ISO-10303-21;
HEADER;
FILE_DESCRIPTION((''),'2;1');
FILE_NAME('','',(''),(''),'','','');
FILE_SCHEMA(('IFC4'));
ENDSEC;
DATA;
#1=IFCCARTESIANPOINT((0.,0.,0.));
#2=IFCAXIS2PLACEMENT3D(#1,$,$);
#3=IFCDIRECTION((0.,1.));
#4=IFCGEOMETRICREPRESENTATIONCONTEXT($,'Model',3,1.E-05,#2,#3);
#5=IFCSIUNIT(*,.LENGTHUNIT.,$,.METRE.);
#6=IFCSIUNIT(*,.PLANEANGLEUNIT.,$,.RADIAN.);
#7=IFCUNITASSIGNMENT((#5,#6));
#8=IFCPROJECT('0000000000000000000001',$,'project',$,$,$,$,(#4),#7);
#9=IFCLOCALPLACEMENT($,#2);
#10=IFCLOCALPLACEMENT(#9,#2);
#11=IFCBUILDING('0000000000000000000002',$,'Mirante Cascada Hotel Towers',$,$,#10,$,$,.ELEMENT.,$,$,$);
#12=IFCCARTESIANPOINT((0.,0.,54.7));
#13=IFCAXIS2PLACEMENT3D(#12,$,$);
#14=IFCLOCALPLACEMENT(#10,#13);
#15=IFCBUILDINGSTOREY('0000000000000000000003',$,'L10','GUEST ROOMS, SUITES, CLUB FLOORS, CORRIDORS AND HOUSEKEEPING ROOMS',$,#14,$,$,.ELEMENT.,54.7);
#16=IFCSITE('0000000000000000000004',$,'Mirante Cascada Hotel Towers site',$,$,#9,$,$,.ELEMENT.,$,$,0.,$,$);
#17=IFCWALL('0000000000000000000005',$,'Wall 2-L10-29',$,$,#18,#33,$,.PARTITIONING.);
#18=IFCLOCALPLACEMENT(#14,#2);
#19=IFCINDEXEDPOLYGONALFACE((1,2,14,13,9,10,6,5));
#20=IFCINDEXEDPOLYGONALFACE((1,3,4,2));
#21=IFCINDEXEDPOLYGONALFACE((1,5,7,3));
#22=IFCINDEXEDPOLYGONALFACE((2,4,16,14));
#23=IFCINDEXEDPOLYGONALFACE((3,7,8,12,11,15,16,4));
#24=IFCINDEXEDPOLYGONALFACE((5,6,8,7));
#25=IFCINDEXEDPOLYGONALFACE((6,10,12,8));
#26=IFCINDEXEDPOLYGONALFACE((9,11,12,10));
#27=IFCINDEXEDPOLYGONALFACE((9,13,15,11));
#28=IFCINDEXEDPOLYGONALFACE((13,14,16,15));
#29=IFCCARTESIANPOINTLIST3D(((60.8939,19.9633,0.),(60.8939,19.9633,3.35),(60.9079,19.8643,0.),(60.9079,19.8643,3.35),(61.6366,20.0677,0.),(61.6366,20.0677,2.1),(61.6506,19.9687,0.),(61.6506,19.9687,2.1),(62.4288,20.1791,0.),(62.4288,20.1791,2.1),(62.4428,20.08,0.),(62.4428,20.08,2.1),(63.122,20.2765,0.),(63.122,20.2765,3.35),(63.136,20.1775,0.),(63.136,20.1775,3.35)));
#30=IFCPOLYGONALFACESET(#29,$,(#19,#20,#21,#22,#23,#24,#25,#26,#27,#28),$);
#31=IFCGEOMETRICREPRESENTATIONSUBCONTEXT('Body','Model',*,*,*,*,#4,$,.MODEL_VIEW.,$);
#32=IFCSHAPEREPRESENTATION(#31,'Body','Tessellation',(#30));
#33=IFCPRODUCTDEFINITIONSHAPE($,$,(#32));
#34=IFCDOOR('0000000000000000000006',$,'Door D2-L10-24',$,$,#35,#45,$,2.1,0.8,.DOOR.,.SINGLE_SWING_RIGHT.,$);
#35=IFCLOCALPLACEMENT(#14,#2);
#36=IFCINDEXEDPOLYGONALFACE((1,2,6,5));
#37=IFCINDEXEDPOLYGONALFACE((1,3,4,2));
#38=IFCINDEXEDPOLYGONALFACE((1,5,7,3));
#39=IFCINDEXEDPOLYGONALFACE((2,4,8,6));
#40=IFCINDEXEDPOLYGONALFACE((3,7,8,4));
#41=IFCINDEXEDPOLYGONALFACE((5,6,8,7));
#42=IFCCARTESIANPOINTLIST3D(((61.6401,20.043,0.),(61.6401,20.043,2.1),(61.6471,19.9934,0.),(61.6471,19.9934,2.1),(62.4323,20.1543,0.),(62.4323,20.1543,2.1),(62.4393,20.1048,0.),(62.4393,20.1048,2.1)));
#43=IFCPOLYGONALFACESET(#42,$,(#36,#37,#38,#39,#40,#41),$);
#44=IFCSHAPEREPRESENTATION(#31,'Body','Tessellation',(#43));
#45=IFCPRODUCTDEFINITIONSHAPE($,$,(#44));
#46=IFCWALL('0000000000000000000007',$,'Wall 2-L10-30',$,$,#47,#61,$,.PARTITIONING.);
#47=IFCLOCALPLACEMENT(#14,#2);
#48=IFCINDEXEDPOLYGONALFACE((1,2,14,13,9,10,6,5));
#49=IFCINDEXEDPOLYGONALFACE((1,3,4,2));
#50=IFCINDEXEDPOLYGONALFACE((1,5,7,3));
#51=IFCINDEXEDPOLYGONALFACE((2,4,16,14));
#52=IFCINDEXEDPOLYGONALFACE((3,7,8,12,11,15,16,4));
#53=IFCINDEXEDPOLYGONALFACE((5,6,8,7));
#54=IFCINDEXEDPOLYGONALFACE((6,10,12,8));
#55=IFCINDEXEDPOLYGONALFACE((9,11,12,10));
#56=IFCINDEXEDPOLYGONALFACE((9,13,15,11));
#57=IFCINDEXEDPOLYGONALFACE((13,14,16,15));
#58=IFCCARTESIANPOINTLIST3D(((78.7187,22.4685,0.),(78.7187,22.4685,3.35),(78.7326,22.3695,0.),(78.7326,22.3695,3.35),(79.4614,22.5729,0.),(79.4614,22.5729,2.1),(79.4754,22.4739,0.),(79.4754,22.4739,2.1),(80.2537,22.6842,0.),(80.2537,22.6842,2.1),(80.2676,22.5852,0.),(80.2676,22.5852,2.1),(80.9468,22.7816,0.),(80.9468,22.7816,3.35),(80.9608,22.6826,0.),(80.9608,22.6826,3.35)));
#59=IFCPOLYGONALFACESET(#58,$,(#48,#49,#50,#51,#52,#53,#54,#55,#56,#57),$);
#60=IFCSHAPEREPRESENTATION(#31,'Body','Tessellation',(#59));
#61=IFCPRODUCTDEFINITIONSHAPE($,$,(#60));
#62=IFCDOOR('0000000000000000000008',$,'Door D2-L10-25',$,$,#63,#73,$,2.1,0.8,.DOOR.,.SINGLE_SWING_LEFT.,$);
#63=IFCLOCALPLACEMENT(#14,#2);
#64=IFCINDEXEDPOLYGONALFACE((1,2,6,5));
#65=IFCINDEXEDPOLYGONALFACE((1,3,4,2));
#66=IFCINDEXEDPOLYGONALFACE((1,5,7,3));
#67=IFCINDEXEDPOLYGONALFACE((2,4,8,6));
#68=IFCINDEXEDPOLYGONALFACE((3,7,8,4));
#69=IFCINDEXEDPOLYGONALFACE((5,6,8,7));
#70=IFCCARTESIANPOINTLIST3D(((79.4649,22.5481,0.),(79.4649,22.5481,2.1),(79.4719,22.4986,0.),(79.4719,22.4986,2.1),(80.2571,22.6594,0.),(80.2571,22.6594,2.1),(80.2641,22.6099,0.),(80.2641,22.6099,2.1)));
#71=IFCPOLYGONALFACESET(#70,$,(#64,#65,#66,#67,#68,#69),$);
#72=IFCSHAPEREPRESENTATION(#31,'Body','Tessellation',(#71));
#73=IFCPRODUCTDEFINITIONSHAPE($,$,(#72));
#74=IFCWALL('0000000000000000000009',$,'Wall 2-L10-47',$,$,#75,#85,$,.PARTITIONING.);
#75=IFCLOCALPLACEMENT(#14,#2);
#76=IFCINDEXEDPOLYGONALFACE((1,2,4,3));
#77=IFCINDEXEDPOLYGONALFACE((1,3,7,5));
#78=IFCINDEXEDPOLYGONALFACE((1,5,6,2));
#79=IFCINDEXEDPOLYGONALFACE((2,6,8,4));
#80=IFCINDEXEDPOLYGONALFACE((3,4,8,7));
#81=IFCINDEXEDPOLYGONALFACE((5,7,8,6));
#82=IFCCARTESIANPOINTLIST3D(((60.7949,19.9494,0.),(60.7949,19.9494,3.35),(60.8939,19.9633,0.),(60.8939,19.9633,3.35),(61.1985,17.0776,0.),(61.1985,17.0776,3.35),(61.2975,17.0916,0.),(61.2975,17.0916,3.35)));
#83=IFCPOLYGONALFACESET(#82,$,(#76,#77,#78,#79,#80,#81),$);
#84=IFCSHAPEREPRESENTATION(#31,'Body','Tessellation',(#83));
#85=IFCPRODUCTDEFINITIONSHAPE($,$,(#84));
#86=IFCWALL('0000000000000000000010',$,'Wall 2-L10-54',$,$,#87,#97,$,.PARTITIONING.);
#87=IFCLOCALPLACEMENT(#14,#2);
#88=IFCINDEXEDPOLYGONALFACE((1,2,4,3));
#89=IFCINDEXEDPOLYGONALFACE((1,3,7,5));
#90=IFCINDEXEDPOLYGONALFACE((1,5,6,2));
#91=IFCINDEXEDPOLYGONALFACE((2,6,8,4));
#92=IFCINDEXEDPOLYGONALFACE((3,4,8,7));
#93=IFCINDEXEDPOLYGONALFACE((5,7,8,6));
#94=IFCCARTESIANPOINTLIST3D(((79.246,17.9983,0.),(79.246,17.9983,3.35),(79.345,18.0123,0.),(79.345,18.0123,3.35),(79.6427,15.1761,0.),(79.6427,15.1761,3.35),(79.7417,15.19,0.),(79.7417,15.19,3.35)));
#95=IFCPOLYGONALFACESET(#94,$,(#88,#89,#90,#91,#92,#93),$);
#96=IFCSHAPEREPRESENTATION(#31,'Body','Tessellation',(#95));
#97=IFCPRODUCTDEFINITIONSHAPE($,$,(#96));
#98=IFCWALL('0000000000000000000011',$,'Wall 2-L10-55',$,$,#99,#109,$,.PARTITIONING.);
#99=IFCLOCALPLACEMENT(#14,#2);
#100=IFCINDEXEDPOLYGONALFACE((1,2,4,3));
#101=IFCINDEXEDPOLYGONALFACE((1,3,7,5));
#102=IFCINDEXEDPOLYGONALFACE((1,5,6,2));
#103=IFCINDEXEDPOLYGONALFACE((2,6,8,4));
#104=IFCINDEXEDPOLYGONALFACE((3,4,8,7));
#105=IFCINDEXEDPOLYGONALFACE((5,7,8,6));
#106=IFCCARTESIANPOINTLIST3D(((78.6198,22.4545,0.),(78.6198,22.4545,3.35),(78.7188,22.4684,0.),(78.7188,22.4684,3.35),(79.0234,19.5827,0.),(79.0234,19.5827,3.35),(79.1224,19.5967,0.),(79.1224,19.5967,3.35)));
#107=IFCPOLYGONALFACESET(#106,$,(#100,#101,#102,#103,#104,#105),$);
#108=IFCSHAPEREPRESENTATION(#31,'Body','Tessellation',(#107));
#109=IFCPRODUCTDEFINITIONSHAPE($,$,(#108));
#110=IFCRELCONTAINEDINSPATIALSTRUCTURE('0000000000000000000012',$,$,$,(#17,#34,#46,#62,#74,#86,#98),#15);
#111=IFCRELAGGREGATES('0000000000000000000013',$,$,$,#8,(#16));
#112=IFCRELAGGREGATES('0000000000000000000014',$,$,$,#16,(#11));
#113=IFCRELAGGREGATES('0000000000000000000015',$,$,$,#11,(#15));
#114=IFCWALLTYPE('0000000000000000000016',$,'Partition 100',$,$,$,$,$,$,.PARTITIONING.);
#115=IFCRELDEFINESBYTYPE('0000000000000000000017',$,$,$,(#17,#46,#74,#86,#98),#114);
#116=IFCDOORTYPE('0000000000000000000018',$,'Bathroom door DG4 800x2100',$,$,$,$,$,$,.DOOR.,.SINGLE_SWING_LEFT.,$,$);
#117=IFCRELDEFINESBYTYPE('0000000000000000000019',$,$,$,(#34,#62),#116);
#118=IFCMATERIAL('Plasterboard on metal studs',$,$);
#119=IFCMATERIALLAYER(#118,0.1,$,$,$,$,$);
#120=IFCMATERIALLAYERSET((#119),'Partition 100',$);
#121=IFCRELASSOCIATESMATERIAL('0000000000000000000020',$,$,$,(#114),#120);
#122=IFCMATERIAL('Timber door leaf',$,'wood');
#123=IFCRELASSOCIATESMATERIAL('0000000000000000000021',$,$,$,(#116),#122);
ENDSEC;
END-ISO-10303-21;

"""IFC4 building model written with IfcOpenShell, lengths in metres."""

from ifc_helpers import new_model, si_unit, direction, frame, frame_2d, origin, place, context, subcontext, project, spatial, rectangle, extrude, material, layer, layer_set, type_object, element, fill, save


model = new_model("IFC4")

# Units and contexts
model_context = context("Model", 3, precision=1e-05, world=origin(), true_north=direction((0.0, 1.0)))
body_context = subcontext(model_context, "Body", "Model", "MODEL_VIEW")
ifc_project = project(units=[si_unit("LENGTHUNIT", "METRE"), si_unit("PLANEANGLEUNIT", "RADIAN")], contexts=[model_context])

# Site, building, storey
site_placement = place(None, origin())
site = spatial("IfcSite", under=ifc_project, at=site_placement, Name="Mirante Cascada Hotel Towers site", CompositionType="ELEMENT", RefElevation=0.0)
building_placement = place(site_placement, origin())
building = spatial("IfcBuilding", under=site, at=building_placement, Name="Mirante Cascada Hotel Towers", CompositionType="ELEMENT")
storey_placement = place(building_placement, frame((0.0, 0.0, 54.7)))
storey = spatial("IfcBuildingStorey", under=building, at=storey_placement, Name="L10", Description="GUEST ROOMS, SUITES, CLUB FLOORS, CORRIDORS AND HOUSEKEEPING ROOMS", CompositionType="ELEMENT", Elevation=54.7)

# Shared definitions
ifc_material_1 = material(Name="Plasterboard on metal studs")
ifc_layer_1 = layer(ifc_material_1, 0.1)
ifc_layer_set_1 = layer_set([ifc_layer_1], Name="Partition 100")
wall_type_1 = type_object("IfcWallType", Name="Partition 100", PredefinedType="PARTITIONING", material=ifc_layer_set_1)
ifc_material_2 = material(Name="Timber door leaf", Category="wood")
door_type = type_object("IfcDoorType", Name="Bathroom door DG4 800x2100", OperationType="SINGLE_SWING_LEFT", PredefinedType="DOOR", material=ifc_material_2)

# Walls, openings, doors
wall_1_placement = place(storey_placement, frame((60.9009, 19.9138, 0.0), z_axis=(0.0, 0.0, 1.0), x_axis=(0.990264, 0.1392, 0.0)))
wall_1 = element("IfcWall", 1, at=wall_1_placement, inside=storey, type_object=wall_type_1, Name="Wall 2-L10-29", PredefinedType="PARTITIONING", context=body_context, shape_type="SweptSolid", body=[
    extrude(rectangle(XDim=2.25, YDim=0.1, at=frame_2d((1.125, 0.0))), origin(), (0.0, 0.0, 1.0), 3.35),
])
opening_1_placement = place(wall_1_placement, frame((0.75, 0.0, 0.0)))
opening_1 = element("IfcOpeningElement", 2, at=opening_1_placement, cuts=wall_1, PredefinedType="OPENING", context=body_context, shape_type="SweptSolid", body=[
    extrude(rectangle(XDim=0.8, YDim=2.1, at=frame_2d((0.4, 1.05))), frame((0.0, 0.05, 0.0), z_axis=(0.0, -1.0, 0.0), x_axis=(1.0, 0.0, 0.0)), (0.0, 0.0, 1.0), 0.1),
])
door_1_placement = place(opening_1_placement, frame((0.8, 0.0, 0.0), z_axis=(0.0, 0.0, 1.0), x_axis=(-1.0, 0.0, 0.0)))
door_1 = element("IfcDoor", 3, at=door_1_placement, inside=storey, type_object=door_type, Name="Door D2-L10-24", OperationType="SINGLE_SWING_RIGHT", OverallHeight=2.1, OverallWidth=0.8, PredefinedType="DOOR", context=body_context, shape_type="SweptSolid", body=[
    extrude(rectangle(XDim=0.8, YDim=2.1, at=frame_2d((0.4, 1.05))), frame((0.0, 0.025, 0.0), z_axis=(0.0, -1.0, 0.0), x_axis=(1.0, 0.0, 0.0)), (0.0, 0.0, 1.0), 0.05),
])
fill(opening_1, door_1)
wall_2_placement = place(storey_placement, frame((80.9538, 22.7321, 0.0), z_axis=(0.0, 0.0, 1.0), x_axis=(-0.990271, -0.139156, 0.0)))
wall_2 = element("IfcWall", 4, at=wall_2_placement, inside=storey, type_object=wall_type_1, Name="Wall 2-L10-30", PredefinedType="PARTITIONING", context=body_context, shape_type="SweptSolid", body=[
    extrude(rectangle(XDim=2.25, YDim=0.1, at=frame_2d((1.125, 0.0))), origin(), (0.0, 0.0, 1.0), 3.35),
])
opening_2_placement = place(wall_2_placement, frame((0.7, 0.0, 0.0)))
opening_2 = element("IfcOpeningElement", 5, at=opening_2_placement, cuts=wall_2, PredefinedType="OPENING", context=body_context, shape_type="SweptSolid", body=[
    extrude(rectangle(XDim=0.8, YDim=2.1, at=frame_2d((0.4, 1.05))), frame((0.0, 0.05, 0.0), z_axis=(0.0, -1.0, 0.0), x_axis=(1.0, 0.0, 0.0)), (0.0, 0.0, 1.0), 0.1),
])
door_2_placement = place(opening_2_placement, origin())
door_2 = element("IfcDoor", 6, at=door_2_placement, inside=storey, type_object=door_type, Name="Door D2-L10-25", OperationType="SINGLE_SWING_LEFT", OverallHeight=2.1, OverallWidth=0.8, PredefinedType="DOOR", context=body_context, shape_type="SweptSolid", body=[
    extrude(rectangle(XDim=0.8, YDim=2.1, at=frame_2d((0.4, 1.05))), frame((0.0, 0.025, 0.0), z_axis=(0.0, -1.0, 0.0), x_axis=(1.0, 0.0, 0.0)), (0.0, 0.0, 1.0), 0.05),
])
fill(opening_2, door_2)

# Walls
wall_3_placement = place(storey_placement, frame((61.248, 17.0846, 0.0), z_axis=(0.0, 0.0, 1.0), x_axis=(-0.139171, 0.990268, 0.0)))
element("IfcWall", 7, at=wall_3_placement, inside=storey, type_object=wall_type_1, Name="Wall 2-L10-47", PredefinedType="PARTITIONING", context=body_context, shape_type="SweptSolid", body=[
    extrude(rectangle(XDim=2.9, YDim=0.1, at=frame_2d((1.45, 0.0))), origin(), (0.0, 0.0, 1.0), 3.35),
])
wall_4_placement = place(storey_placement, frame((79.2955, 18.0053, 0.0), z_axis=(0.0, 0.0, 1.0), x_axis=(0.139191, -0.990266, 0.0)))
element("IfcWall", 8, at=wall_4_placement, inside=storey, type_object=wall_type_1, Name="Wall 2-L10-54", PredefinedType="PARTITIONING", context=body_context, shape_type="SweptSolid", body=[
    extrude(rectangle(XDim=2.85, YDim=0.1, at=frame_2d((1.425, 0.0))), origin(), (0.0, 0.0, 1.0), 3.35),
])
wall_5_placement = place(storey_placement, frame((79.0729, 19.5897, 0.0), z_axis=(0.0, 0.0, 1.0), x_axis=(-0.139171, 0.990268, 0.0)))
element("IfcWall", 9, at=wall_5_placement, inside=storey, type_object=wall_type_1, Name="Wall 2-L10-55", PredefinedType="PARTITIONING", context=body_context, shape_type="SweptSolid", body=[
    extrude(rectangle(XDim=2.9, YDim=0.1, at=frame_2d((1.45, 0.0))), origin(), (0.0, 0.0, 1.0), 3.35),
])

save(model, "model.ifc")
